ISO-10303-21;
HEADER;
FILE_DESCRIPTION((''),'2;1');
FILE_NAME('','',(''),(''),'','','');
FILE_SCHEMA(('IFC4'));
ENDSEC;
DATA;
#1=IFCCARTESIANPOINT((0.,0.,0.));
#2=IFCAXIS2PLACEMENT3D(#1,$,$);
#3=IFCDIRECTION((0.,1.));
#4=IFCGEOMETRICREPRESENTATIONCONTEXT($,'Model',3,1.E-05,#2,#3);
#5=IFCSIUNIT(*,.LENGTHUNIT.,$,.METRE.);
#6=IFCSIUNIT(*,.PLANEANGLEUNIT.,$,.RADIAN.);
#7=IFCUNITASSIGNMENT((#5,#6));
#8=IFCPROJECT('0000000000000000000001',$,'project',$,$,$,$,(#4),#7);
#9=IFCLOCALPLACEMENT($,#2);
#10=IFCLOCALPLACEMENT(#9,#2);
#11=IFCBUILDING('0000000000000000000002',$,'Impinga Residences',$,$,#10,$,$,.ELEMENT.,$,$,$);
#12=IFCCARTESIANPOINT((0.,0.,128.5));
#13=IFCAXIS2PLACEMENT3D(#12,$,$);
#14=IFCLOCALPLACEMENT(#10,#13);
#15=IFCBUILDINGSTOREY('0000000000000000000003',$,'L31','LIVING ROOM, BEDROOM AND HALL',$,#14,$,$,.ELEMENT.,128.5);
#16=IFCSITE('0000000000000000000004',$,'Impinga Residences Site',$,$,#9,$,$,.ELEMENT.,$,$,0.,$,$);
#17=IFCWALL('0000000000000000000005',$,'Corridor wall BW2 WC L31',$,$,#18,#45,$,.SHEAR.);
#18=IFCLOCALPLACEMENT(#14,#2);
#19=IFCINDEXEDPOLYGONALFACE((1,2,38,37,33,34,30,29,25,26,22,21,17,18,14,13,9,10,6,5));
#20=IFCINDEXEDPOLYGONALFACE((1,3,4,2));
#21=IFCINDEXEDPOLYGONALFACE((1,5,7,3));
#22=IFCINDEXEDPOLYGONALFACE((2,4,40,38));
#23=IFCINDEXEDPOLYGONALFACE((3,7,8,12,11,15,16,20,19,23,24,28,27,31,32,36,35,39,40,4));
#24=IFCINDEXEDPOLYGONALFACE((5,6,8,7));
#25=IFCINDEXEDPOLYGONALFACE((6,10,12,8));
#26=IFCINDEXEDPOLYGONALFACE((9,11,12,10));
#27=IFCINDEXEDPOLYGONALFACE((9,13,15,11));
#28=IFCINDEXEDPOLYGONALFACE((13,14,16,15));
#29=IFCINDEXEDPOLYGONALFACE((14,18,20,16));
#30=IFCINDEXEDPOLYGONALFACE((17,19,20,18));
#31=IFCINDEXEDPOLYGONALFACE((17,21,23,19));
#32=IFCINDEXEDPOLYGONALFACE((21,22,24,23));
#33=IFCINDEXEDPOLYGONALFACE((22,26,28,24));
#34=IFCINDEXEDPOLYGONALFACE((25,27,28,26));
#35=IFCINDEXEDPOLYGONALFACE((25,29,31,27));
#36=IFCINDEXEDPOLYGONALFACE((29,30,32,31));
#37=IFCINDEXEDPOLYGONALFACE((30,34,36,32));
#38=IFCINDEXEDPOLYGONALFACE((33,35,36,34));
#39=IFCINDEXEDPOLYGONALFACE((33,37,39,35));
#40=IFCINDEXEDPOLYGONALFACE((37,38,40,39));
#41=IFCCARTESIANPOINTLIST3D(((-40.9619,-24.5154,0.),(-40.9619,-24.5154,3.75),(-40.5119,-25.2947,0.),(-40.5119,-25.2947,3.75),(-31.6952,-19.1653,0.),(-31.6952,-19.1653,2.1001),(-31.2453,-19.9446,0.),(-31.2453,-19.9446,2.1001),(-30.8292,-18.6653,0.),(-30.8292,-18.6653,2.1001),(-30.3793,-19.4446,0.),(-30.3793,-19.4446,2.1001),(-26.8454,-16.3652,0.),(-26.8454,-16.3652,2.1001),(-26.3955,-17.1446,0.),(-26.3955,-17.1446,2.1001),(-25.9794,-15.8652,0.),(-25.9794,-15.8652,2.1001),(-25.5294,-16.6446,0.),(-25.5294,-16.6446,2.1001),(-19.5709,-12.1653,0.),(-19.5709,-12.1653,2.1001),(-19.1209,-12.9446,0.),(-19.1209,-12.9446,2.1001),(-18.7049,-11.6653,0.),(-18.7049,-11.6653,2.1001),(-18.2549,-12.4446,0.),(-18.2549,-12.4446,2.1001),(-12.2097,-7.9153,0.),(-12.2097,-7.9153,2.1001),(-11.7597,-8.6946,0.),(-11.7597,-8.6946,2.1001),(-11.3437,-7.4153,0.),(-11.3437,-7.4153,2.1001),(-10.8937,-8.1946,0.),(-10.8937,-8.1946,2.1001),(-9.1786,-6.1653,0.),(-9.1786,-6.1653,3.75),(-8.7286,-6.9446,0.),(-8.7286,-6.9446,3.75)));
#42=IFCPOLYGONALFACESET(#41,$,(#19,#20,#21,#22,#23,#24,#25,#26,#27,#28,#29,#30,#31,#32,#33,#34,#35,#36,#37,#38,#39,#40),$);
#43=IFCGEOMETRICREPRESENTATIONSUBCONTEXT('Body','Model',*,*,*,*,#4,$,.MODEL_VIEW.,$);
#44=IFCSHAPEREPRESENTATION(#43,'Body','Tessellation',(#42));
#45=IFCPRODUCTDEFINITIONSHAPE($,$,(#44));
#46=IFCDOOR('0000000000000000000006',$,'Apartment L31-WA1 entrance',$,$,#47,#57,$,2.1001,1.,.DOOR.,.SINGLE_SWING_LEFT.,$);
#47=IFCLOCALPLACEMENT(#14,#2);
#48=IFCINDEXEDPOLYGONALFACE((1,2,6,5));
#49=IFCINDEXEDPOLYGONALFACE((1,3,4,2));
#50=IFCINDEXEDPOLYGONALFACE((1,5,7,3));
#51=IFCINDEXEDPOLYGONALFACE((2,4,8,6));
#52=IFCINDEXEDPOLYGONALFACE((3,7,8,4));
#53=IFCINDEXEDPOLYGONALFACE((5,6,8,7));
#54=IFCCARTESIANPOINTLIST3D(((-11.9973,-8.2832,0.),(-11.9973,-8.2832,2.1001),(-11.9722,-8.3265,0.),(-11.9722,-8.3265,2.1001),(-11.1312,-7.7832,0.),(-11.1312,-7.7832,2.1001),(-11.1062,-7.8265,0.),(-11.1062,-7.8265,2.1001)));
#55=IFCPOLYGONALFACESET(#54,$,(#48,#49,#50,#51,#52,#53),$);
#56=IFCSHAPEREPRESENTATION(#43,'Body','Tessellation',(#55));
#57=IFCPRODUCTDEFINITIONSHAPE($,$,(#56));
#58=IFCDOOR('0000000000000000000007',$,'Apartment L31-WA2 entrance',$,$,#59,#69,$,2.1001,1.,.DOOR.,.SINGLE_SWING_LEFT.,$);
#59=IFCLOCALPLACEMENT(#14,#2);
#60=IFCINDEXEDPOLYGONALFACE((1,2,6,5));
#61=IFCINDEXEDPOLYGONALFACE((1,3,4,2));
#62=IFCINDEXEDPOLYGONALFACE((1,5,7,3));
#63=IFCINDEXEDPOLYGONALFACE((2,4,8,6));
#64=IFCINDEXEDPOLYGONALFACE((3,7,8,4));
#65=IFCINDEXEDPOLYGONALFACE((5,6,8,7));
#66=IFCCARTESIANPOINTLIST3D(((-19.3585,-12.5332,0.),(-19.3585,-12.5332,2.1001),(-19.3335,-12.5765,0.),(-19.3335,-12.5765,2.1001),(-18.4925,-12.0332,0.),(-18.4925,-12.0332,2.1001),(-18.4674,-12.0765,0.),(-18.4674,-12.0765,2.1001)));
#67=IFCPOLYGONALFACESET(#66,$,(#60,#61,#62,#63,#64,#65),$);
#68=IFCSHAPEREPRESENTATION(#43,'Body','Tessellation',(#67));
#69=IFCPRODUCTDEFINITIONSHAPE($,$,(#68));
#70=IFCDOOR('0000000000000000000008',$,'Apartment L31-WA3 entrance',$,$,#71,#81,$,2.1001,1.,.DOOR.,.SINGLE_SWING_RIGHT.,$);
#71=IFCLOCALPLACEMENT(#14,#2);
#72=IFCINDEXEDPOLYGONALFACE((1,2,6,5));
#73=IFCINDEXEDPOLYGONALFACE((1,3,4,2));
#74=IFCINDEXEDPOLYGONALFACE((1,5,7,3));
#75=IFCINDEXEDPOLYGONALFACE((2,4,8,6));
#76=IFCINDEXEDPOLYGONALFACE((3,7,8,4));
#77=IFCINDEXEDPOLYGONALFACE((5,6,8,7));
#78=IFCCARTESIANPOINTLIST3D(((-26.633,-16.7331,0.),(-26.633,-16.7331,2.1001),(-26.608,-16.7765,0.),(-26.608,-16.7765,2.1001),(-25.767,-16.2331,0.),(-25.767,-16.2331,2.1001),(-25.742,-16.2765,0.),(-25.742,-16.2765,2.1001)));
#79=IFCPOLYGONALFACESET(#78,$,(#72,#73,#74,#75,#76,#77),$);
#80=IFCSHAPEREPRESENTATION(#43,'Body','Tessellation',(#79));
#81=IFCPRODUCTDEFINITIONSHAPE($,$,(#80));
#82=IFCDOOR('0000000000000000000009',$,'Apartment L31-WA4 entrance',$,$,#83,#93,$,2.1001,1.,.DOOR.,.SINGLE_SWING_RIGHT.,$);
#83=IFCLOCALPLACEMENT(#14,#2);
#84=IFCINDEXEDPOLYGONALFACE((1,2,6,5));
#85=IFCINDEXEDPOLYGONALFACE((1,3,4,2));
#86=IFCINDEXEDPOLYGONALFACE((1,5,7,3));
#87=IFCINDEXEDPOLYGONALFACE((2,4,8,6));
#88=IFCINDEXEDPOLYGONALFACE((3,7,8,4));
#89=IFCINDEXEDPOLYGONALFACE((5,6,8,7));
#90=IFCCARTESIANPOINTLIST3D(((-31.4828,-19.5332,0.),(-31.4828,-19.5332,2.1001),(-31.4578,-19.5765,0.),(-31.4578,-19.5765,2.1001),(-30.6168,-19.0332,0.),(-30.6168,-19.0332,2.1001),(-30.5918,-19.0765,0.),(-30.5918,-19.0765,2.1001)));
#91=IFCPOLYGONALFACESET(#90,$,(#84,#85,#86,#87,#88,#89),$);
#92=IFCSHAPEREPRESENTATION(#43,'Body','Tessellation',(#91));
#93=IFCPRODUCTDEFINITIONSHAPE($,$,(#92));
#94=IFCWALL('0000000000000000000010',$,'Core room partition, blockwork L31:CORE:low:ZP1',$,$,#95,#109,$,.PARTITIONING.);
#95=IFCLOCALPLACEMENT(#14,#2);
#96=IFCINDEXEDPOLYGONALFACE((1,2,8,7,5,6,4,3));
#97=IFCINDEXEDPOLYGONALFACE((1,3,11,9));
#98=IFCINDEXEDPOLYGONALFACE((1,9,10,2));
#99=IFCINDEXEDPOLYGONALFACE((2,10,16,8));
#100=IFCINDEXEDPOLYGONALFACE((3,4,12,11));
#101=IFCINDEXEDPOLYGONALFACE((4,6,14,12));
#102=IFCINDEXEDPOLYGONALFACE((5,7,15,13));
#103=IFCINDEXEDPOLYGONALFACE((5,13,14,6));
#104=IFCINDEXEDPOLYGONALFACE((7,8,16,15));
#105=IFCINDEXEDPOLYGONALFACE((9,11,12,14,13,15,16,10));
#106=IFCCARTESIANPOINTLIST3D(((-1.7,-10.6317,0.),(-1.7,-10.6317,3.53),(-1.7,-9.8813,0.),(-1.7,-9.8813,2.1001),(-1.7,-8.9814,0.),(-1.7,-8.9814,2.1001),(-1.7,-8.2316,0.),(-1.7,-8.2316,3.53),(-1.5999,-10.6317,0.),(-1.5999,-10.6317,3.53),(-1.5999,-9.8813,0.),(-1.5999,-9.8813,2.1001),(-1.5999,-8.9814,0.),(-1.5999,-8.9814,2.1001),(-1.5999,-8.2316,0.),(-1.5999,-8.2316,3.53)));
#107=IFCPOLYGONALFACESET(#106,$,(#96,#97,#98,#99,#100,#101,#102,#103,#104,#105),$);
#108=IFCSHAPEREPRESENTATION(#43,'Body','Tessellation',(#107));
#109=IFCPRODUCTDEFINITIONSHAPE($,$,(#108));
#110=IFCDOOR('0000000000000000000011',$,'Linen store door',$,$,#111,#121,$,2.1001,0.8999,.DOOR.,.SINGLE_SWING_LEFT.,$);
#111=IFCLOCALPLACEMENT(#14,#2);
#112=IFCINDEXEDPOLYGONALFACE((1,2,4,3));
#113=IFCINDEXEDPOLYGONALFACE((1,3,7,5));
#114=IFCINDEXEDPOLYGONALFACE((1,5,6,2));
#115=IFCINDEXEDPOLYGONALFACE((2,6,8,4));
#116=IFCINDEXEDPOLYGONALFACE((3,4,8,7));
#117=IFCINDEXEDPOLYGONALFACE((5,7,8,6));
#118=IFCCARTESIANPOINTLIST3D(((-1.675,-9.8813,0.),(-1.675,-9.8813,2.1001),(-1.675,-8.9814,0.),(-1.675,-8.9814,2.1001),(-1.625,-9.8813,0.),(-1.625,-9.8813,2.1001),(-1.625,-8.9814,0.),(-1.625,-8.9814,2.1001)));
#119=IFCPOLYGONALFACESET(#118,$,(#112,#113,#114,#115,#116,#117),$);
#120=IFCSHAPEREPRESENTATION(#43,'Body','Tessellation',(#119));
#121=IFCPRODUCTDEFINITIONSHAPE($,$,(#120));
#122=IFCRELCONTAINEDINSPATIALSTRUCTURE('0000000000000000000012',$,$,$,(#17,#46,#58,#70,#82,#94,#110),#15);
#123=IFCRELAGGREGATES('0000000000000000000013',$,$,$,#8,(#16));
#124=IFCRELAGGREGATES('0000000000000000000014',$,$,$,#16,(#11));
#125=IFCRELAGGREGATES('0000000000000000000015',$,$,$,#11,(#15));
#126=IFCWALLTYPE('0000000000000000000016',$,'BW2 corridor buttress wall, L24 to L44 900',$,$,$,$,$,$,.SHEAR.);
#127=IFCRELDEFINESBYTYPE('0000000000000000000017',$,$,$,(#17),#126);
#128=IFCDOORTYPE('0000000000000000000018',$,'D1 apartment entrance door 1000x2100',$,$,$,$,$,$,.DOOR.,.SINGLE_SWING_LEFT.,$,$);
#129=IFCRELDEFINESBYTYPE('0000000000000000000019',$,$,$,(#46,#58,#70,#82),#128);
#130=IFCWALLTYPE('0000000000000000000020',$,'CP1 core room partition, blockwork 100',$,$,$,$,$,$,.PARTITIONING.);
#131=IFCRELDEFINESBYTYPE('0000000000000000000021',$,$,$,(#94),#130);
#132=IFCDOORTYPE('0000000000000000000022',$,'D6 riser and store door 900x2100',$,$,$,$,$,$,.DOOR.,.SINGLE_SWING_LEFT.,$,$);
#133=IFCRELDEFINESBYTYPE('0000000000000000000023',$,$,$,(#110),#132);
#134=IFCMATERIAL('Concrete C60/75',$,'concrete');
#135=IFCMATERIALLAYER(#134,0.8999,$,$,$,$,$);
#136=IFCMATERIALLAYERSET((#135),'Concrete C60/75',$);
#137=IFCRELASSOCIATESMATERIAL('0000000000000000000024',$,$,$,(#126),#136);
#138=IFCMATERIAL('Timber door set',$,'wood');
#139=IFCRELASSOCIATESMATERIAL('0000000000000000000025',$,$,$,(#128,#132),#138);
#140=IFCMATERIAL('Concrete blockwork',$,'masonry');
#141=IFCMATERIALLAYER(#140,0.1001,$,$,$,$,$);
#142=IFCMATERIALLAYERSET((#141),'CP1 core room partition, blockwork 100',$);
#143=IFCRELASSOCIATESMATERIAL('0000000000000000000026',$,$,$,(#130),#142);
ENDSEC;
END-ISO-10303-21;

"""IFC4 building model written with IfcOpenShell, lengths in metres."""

from ifc_helpers import new_model, si_unit, direction, frame, frame_2d, origin, place, context, subcontext, project, spatial, rectangle, extrude, material, layer, layer_set, type_object, element, fill, save


model = new_model("IFC4")

# Units and contexts
model_context = context("Model", 3, precision=1e-05, world=origin(), true_north=direction((0.0, 1.0)))
body_context = subcontext(model_context, "Body", "Model", "MODEL_VIEW")
ifc_project = project(units=[si_unit("LENGTHUNIT", "METRE"), si_unit("PLANEANGLEUNIT", "RADIAN")], contexts=[model_context])

# Site, building, storey
site_placement = place(None, origin())
site = spatial("IfcSite", under=ifc_project, at=site_placement, Name="Impinga Residences Site", CompositionType="ELEMENT", RefElevation=0.0)
building_placement = place(site_placement, origin())
building = spatial("IfcBuilding", under=site, at=building_placement, Name="Impinga Residences", CompositionType="ELEMENT")
storey_placement = place(building_placement, frame((0.0, 0.0, 128.5)))
storey = spatial("IfcBuildingStorey", under=building, at=storey_placement, Name="L31", Description="LIVING ROOM, BEDROOM AND HALL", CompositionType="ELEMENT", Elevation=128.5)

# Wall, openings, doors
ifc_material_1 = material(Name="Concrete C60/75", Category="concrete")
ifc_layer_1 = layer(ifc_material_1, 0.8999)
ifc_layer_set_1 = layer_set([ifc_layer_1], Name="Concrete C60/75")
wall_type_1 = type_object("IfcWallType", Name="BW2 corridor buttress wall, L24 to L44 900", PredefinedType="SHEAR", material=ifc_layer_set_1)
wall_1_placement = place(storey_placement, frame((-8.9536, -6.5549, 0.0), z_axis=(0.0, 0.0, 1.0), x_axis=(-0.866025, -0.500001, 0.0)))
wall_1 = element("IfcWall", 1, at=wall_1_placement, inside=storey, type_object=wall_type_1, Name="Corridor wall BW2 WC L31", PredefinedType="SHEAR", context=body_context, shape_type="SweptSolid", body=[
    extrude(rectangle(XDim=36.7002, YDim=0.8999, at=frame_2d((18.3501, 0.0))), origin(), (0.0, 0.0, 1.0), 3.75),
])
opening_1_placement = place(wall_1_placement, frame((2.5, 0.0, 0.0)))
opening_1 = element("IfcOpeningElement", 2, at=opening_1_placement, cuts=wall_1, PredefinedType="OPENING", context=body_context, shape_type="SweptSolid", body=[
    extrude(rectangle(XDim=1.0, YDim=2.1001, at=frame_2d((0.5, 1.05))), frame((0.0, 0.46, 0.0), z_axis=(0.0, -1.0, 0.0), x_axis=(1.0, 0.0, 0.0)), (0.0, 0.0, 1.0), 0.9199),
])
opening_2_placement = place(wall_1_placement, frame((11.0, 0.0, 0.0)))
opening_2 = element("IfcOpeningElement", 3, at=opening_2_placement, cuts=wall_1, PredefinedType="OPENING", context=body_context, shape_type="SweptSolid", body=[
    extrude(rectangle(XDim=1.0, YDim=2.1001, at=frame_2d((0.5, 1.05))), frame((0.0, 0.46, 0.0), z_axis=(0.0, -1.0, 0.0), x_axis=(1.0, 0.0, 0.0)), (0.0, 0.0, 1.0), 0.9199),
])
opening_3_placement = place(wall_1_placement, frame((19.3999, 0.0, 0.0)))
opening_3 = element("IfcOpeningElement", 4, at=opening_3_placement, cuts=wall_1, PredefinedType="OPENING", context=body_context, shape_type="SweptSolid", body=[
    extrude(rectangle(XDim=1.0, YDim=2.1001, at=frame_2d((0.5, 1.05))), frame((0.0, 0.46, 0.0), z_axis=(0.0, -1.0, 0.0), x_axis=(1.0, 0.0, 0.0)), (0.0, 0.0, 1.0), 0.9199),
])
opening_4_placement = place(wall_1_placement, frame((25.0, 0.0, 0.0)))
opening_4 = element("IfcOpeningElement", 5, at=opening_4_placement, cuts=wall_1, PredefinedType="OPENING", context=body_context, shape_type="SweptSolid", body=[
    extrude(rectangle(XDim=1.0, YDim=2.1001, at=frame_2d((0.5, 1.05))), frame((0.0, 0.46, 0.0), z_axis=(0.0, -1.0, 0.0), x_axis=(1.0, 0.0, 0.0)), (0.0, 0.0, 1.0), 0.9199),
])
ifc_material_2 = material(Name="Timber door set", Category="wood")
door_type_1 = type_object("IfcDoorType", Name="D1 apartment entrance door 1000x2100", OperationType="SINGLE_SWING_LEFT", PredefinedType="DOOR", material=ifc_material_2)
door_1_placement = place(opening_1_placement, origin())
door_1 = element("IfcDoor", 6, at=door_1_placement, inside=storey, type_object=door_type_1, Name="Apartment L31-WA1 entrance", OperationType="SINGLE_SWING_LEFT", OverallHeight=2.1001, OverallWidth=1.0, PredefinedType="DOOR", context=body_context, shape_type="SweptSolid", body=[
    extrude(rectangle(XDim=1.0, YDim=2.1001, at=frame_2d((0.5, 1.05))), frame((0.0, 0.0249, 0.0), z_axis=(0.0, -1.0, 0.0), x_axis=(1.0, 0.0, 0.0)), (0.0, 0.0, 1.0), 0.05),
])
fill(opening_1, door_1)
door_2_placement = place(opening_2_placement, origin())
door_2 = element("IfcDoor", 7, at=door_2_placement, inside=storey, type_object=door_type_1, Name="Apartment L31-WA2 entrance", OperationType="SINGLE_SWING_LEFT", OverallHeight=2.1001, OverallWidth=1.0, PredefinedType="DOOR", context=body_context, shape_type="SweptSolid", body=[
    extrude(rectangle(XDim=1.0, YDim=2.1001, at=frame_2d((0.5, 1.05))), frame((0.0, 0.0249, 0.0), z_axis=(0.0, -1.0, 0.0), x_axis=(1.0, 0.0, 0.0)), (0.0, 0.0, 1.0), 0.05),
])
fill(opening_2, door_2)
door_3_placement = place(opening_3_placement, origin())
door_3 = element("IfcDoor", 8, at=door_3_placement, inside=storey, type_object=door_type_1, Name="Apartment L31-WA3 entrance", OperationType="SINGLE_SWING_RIGHT", OverallHeight=2.1001, OverallWidth=1.0, PredefinedType="DOOR", context=body_context, shape_type="SweptSolid", body=[
    extrude(rectangle(XDim=1.0, YDim=2.1001, at=frame_2d((0.5, 1.05))), frame((0.0, 0.0249, 0.0), z_axis=(0.0, -1.0, 0.0), x_axis=(1.0, 0.0, 0.0)), (0.0, 0.0, 1.0), 0.05),
])
fill(opening_3, door_3)
door_4_placement = place(opening_4_placement, origin())
door_4 = element("IfcDoor", 9, at=door_4_placement, inside=storey, type_object=door_type_1, Name="Apartment L31-WA4 entrance", OperationType="SINGLE_SWING_RIGHT", OverallHeight=2.1001, OverallWidth=1.0, PredefinedType="DOOR", context=body_context, shape_type="SweptSolid", body=[
    extrude(rectangle(XDim=1.0, YDim=2.1001, at=frame_2d((0.5, 1.05))), frame((0.0, 0.0249, 0.0), z_axis=(0.0, -1.0, 0.0), x_axis=(1.0, 0.0, 0.0)), (0.0, 0.0, 1.0), 0.05),
])
fill(opening_4, door_4)

# Wall, opening, door
ifc_material_3 = material(Name="Concrete blockwork", Category="masonry")
ifc_layer_2 = layer(ifc_material_3, 0.1001)
ifc_layer_set_2 = layer_set([ifc_layer_2], Name="CP1 core room partition, blockwork 100")
wall_type_2 = type_object("IfcWallType", Name="CP1 core room partition, blockwork 100", PredefinedType="PARTITIONING", material=ifc_layer_set_2)
wall_2_placement = place(storey_placement, frame((-1.6499, -8.2314, 0.0), z_axis=(0.0, 0.0, 1.0), x_axis=(0.0, -1.0, 0.0)))
wall_2 = element("IfcWall", 10, at=wall_2_placement, inside=storey, type_object=wall_type_2, Name="Core room partition, blockwork L31:CORE:low:ZP1", PredefinedType="PARTITIONING", context=body_context, shape_type="SweptSolid", body=[
    extrude(rectangle(XDim=2.4001, YDim=0.1001, at=frame_2d((1.2002, 0.0))), origin(), (0.0, 0.0, 1.0), 3.53),
])
opening_5_placement = place(wall_2_placement, frame((0.75, 0.0, 0.0)))
opening_5 = element("IfcOpeningElement", 11, at=opening_5_placement, cuts=wall_2, PredefinedType="OPENING", context=body_context, shape_type="SweptSolid", body=[
    extrude(rectangle(XDim=0.8999, YDim=2.1001, at=frame_2d((0.45, 1.05))), frame((0.0, 0.0601, 0.0), z_axis=(0.0, -1.0, 0.0), x_axis=(1.0, 0.0, 0.0)), (0.0, 0.0, 1.0), 0.1201),
])
door_type_2 = type_object("IfcDoorType", Name="D6 riser and store door 900x2100", OperationType="SINGLE_SWING_LEFT", PredefinedType="DOOR", material=ifc_material_2)
door_5_placement = place(opening_5_placement, origin())
door_5 = element("IfcDoor", 12, at=door_5_placement, inside=storey, type_object=door_type_2, Name="Linen store door", OperationType="SINGLE_SWING_LEFT", OverallHeight=2.1001, OverallWidth=0.8999, PredefinedType="DOOR", context=body_context, shape_type="SweptSolid", body=[
    extrude(rectangle(XDim=0.8999, YDim=2.1001, at=frame_2d((0.45, 1.05))), frame((0.0, 0.0249, 0.0), z_axis=(0.0, -1.0, 0.0), x_axis=(1.0, 0.0, 0.0)), (0.0, 0.0, 1.0), 0.05),
])
fill(opening_5, door_5)

save(model, "model.ifc")
